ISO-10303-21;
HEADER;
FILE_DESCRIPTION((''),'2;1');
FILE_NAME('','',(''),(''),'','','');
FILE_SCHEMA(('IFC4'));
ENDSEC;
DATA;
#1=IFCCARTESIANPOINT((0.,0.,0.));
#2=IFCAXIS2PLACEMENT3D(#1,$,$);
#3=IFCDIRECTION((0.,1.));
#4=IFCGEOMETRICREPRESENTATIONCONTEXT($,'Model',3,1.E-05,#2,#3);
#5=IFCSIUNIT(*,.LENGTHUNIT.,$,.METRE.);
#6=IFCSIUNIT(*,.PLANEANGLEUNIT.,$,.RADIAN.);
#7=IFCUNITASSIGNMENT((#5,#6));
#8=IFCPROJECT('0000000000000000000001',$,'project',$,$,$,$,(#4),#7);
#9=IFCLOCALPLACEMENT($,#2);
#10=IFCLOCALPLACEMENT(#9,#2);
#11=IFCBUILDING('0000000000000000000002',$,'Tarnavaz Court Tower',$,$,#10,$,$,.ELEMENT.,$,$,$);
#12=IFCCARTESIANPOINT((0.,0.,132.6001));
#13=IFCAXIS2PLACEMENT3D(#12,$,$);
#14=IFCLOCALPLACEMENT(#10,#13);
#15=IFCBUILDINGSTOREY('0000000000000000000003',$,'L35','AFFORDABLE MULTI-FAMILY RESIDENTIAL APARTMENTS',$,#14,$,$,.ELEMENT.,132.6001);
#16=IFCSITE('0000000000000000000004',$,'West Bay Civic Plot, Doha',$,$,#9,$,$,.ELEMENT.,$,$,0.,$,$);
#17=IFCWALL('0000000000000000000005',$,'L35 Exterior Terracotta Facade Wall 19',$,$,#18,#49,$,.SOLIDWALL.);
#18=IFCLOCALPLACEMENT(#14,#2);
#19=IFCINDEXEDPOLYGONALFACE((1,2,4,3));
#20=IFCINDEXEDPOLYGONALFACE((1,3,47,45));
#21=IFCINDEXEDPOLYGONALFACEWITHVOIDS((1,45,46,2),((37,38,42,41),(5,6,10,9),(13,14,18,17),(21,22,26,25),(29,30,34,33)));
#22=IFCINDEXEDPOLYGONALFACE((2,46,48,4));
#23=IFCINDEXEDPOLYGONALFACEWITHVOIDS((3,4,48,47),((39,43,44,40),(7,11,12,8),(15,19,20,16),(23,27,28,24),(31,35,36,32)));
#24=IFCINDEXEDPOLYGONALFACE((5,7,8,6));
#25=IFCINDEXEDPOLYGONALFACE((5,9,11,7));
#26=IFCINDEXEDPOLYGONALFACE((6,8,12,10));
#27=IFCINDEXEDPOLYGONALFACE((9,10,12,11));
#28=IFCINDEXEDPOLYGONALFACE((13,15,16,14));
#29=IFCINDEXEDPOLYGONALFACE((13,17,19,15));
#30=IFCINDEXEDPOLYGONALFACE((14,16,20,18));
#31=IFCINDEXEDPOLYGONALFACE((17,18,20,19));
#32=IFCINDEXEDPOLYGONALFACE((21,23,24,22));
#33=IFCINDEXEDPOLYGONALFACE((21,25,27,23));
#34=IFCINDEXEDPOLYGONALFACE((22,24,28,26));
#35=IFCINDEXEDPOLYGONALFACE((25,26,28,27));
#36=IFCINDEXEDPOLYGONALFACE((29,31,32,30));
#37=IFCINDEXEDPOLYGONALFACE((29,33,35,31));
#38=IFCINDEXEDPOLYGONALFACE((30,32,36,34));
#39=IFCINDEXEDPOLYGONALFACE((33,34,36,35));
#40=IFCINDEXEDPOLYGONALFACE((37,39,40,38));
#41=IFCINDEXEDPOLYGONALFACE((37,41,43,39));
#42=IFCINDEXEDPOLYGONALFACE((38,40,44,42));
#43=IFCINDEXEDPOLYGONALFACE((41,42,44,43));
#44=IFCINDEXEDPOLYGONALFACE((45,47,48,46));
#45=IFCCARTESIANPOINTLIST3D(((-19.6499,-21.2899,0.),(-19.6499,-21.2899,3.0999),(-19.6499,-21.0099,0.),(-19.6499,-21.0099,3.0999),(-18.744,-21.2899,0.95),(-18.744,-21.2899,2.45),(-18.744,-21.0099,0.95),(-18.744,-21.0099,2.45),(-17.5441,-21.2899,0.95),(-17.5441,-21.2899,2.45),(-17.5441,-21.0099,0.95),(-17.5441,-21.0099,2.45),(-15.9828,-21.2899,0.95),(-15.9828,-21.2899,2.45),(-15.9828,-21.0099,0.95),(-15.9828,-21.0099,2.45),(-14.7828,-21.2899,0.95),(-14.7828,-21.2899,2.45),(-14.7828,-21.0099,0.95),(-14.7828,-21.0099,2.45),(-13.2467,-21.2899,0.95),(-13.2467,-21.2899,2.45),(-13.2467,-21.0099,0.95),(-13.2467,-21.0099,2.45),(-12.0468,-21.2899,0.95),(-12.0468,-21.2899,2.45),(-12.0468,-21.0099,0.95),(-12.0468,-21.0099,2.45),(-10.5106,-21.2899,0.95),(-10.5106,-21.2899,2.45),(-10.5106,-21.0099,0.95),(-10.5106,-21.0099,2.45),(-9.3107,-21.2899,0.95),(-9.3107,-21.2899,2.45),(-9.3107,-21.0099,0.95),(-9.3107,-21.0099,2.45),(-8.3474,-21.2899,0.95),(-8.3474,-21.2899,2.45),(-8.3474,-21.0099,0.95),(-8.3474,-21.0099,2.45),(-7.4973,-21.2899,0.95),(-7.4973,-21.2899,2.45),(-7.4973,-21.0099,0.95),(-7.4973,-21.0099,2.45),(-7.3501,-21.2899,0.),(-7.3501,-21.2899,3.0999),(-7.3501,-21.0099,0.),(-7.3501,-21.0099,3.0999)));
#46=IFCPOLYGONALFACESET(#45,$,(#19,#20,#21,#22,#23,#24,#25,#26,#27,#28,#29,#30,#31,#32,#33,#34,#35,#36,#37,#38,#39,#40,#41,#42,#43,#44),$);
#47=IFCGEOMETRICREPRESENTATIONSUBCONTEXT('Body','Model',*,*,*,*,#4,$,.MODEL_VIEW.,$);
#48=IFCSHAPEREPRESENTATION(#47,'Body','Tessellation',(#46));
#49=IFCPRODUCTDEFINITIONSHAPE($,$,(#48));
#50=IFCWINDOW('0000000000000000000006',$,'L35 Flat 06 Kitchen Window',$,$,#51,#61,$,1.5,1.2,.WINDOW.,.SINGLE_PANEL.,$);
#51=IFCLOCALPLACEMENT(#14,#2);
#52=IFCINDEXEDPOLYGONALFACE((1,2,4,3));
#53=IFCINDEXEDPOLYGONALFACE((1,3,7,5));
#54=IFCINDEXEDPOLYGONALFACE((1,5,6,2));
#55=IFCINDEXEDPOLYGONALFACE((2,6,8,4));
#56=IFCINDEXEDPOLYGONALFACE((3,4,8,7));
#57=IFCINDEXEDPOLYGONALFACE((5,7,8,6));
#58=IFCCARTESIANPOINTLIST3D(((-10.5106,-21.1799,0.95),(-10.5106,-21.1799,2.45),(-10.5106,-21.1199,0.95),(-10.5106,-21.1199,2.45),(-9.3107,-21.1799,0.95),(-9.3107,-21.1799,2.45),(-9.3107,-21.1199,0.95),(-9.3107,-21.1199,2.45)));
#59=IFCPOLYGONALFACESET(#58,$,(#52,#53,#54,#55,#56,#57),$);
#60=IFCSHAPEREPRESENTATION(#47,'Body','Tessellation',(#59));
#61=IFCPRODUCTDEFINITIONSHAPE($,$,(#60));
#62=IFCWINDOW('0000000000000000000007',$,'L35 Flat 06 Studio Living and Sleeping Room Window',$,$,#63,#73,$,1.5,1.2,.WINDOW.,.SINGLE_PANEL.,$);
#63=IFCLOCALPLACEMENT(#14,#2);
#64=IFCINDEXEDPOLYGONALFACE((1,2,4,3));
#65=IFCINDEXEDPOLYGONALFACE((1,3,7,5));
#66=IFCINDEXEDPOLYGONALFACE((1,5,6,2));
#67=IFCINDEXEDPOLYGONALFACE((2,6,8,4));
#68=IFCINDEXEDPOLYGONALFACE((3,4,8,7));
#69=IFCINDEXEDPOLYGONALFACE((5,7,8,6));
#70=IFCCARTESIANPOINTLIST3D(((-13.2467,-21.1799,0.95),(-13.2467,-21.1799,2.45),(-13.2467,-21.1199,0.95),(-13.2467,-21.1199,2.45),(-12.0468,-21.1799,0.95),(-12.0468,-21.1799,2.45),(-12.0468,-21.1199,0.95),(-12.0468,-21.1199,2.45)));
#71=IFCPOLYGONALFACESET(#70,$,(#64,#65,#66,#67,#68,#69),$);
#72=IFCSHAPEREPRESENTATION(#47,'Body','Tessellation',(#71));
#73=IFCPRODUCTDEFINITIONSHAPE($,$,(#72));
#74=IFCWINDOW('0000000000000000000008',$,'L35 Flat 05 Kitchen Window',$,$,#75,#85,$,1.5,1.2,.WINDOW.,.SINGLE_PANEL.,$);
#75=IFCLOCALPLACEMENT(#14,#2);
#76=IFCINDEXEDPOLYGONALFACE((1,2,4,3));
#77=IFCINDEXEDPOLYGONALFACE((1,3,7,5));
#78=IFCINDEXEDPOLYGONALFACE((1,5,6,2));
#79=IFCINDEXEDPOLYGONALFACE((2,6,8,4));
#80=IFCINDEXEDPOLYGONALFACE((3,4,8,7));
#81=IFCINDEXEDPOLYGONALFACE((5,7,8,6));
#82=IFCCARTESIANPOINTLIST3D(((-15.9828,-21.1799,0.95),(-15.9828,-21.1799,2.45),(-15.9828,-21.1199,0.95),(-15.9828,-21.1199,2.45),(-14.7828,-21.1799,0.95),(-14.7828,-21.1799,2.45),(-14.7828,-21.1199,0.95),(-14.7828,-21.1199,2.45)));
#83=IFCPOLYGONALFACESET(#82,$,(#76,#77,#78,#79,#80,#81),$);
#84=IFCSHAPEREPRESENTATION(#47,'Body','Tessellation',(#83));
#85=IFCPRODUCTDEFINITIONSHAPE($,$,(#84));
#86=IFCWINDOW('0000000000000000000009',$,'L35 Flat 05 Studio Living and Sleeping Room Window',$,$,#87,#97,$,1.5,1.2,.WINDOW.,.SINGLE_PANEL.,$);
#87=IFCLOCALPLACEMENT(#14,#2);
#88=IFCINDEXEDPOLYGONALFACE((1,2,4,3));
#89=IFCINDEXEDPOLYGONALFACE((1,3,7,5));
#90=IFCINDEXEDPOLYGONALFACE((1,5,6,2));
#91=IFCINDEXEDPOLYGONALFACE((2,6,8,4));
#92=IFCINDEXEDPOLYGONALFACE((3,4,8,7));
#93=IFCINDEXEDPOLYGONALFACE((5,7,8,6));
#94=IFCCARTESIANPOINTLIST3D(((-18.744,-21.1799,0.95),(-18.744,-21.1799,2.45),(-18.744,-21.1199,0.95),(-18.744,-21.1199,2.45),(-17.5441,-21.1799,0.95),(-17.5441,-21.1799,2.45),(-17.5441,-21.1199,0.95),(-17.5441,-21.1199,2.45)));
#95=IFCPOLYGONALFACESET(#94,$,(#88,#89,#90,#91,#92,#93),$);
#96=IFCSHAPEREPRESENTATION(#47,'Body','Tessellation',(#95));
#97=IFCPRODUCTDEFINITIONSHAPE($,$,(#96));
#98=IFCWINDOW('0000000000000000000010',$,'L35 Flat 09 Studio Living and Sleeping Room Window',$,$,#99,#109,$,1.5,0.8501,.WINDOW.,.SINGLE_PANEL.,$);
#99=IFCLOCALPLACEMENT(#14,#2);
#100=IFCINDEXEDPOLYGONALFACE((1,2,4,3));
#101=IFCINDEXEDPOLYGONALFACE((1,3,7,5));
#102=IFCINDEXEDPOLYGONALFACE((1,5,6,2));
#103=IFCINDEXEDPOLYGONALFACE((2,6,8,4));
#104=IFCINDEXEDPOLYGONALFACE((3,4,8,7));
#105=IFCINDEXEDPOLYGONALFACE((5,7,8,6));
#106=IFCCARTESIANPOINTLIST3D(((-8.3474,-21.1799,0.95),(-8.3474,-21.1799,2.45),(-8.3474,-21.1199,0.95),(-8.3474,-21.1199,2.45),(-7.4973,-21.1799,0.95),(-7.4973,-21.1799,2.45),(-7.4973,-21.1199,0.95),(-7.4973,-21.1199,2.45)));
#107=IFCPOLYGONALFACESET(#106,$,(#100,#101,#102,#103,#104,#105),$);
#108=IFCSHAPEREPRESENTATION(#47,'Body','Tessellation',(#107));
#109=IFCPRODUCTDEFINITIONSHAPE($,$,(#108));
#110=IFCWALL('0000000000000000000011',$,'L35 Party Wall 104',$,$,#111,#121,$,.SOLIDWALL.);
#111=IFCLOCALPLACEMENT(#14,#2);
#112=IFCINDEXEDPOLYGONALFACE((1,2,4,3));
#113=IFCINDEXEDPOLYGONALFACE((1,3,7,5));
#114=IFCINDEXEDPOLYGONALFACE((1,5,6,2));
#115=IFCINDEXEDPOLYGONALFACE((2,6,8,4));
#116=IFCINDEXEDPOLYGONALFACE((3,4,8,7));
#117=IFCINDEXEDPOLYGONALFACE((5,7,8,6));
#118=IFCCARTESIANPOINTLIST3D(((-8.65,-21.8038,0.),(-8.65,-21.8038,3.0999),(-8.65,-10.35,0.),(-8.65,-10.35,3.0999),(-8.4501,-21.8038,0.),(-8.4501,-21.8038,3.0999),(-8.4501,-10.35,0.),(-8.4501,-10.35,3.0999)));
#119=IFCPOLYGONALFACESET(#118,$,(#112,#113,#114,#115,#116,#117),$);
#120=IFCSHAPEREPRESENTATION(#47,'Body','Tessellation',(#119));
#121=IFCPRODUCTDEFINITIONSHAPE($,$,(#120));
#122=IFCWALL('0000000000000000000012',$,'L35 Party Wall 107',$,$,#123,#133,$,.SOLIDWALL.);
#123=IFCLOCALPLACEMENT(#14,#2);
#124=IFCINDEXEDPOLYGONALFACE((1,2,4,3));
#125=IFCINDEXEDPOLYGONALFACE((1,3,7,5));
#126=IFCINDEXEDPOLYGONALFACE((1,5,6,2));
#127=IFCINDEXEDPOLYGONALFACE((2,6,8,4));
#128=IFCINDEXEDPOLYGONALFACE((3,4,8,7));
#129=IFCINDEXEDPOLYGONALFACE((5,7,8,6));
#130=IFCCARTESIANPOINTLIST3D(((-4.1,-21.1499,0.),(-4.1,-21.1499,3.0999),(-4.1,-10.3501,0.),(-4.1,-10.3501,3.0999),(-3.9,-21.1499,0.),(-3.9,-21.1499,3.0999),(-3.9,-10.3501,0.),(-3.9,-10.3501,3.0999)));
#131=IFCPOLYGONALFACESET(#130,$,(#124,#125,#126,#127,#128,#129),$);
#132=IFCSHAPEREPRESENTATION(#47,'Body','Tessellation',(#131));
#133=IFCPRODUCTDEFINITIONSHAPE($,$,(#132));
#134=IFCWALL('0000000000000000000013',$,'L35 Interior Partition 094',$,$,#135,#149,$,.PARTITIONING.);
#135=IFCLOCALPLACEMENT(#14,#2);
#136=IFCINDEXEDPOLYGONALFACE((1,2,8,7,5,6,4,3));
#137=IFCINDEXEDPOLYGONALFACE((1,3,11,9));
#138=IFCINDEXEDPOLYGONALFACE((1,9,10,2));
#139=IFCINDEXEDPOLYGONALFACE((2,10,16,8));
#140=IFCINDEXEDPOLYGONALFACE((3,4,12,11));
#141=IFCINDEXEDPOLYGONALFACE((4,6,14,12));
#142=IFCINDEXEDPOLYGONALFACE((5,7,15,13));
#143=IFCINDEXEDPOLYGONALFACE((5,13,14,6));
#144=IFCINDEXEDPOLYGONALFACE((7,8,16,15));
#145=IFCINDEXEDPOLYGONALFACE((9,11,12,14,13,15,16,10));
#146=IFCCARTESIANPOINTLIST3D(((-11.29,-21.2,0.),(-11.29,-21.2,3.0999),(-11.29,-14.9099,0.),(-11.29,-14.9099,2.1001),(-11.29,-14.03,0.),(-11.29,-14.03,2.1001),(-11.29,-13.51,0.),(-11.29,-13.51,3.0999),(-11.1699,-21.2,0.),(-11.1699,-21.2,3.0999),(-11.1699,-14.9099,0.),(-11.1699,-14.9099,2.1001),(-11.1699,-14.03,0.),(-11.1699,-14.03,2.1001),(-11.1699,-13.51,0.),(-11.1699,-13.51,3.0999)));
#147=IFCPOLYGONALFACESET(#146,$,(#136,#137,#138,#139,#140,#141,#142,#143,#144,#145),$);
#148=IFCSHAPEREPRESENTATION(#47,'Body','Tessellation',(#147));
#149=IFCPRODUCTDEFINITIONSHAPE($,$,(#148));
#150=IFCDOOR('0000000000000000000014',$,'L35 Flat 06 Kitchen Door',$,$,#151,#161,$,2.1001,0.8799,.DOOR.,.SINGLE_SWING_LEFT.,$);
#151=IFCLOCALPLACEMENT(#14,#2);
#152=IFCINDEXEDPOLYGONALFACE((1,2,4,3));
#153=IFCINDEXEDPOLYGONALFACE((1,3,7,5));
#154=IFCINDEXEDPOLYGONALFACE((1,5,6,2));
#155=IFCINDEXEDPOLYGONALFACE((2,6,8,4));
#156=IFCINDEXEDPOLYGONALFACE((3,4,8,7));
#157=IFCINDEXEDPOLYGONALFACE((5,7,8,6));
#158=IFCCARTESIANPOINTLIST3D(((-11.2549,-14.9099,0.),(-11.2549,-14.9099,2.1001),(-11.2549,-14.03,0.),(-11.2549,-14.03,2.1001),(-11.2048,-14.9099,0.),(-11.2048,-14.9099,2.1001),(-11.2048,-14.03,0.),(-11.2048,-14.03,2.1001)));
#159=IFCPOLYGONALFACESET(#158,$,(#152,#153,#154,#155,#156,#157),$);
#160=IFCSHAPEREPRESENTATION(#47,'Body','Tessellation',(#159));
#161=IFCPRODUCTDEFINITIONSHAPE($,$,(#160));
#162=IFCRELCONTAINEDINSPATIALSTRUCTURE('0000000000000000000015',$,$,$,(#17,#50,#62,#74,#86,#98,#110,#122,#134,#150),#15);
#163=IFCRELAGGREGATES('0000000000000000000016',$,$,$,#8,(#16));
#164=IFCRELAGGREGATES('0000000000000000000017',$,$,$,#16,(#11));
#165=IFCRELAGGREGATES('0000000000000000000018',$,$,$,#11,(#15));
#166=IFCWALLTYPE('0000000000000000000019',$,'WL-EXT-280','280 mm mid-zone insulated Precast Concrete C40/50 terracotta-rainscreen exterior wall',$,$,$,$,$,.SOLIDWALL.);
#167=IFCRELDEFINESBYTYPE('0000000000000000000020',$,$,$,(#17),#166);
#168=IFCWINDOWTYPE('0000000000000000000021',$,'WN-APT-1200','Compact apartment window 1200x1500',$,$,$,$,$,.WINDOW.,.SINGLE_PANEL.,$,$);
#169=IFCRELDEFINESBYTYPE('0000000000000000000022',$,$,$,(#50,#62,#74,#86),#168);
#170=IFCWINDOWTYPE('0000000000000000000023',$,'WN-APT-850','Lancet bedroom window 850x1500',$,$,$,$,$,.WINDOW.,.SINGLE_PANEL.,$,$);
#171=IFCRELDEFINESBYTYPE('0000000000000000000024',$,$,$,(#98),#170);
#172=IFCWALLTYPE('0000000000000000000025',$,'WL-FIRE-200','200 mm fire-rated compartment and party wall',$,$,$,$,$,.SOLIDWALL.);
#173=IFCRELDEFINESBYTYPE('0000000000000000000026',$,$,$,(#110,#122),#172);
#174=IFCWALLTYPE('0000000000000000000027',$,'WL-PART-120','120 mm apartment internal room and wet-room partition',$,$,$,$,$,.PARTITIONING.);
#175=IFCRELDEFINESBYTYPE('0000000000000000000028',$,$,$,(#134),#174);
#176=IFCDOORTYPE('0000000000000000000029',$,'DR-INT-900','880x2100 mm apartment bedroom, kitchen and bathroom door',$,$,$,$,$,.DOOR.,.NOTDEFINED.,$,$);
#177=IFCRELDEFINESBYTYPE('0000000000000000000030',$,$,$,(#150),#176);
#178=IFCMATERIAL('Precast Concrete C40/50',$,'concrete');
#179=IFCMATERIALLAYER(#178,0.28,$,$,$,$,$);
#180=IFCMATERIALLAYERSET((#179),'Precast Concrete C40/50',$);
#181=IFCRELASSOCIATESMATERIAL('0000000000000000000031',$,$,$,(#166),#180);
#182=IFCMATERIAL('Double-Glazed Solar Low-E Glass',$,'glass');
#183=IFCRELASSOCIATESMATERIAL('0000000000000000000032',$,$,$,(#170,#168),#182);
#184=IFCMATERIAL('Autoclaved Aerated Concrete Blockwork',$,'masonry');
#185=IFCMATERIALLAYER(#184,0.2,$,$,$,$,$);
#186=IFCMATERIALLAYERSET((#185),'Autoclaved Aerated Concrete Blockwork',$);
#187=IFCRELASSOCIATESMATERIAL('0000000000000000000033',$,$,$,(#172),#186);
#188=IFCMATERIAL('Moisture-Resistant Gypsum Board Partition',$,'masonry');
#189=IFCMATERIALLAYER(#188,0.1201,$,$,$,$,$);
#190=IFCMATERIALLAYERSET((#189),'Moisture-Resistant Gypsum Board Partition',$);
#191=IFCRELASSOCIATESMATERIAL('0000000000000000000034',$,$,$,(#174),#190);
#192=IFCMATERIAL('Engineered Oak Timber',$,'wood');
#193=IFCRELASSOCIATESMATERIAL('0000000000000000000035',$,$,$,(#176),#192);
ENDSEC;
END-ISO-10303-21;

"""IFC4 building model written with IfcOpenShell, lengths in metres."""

from ifc_helpers import new_model, si_unit, direction, frame, frame_2d, origin, place, context, subcontext, project, spatial, rectangle, extrude, material, layer, layer_set, type_object, element, fill, save


model = new_model("IFC4")

# Units and contexts
model_context = context("Model", 3, precision=1e-05, world=origin(), true_north=direction((0.0, 1.0)))
body_context = subcontext(model_context, "Body", "Model", "MODEL_VIEW")
ifc_project = project(units=[si_unit("LENGTHUNIT", "METRE"), si_unit("PLANEANGLEUNIT", "RADIAN")], contexts=[model_context])

# Site, building, storey
site_placement = place(None, origin())
site = spatial("IfcSite", under=ifc_project, at=site_placement, Name="West Bay Civic Plot, Doha", CompositionType="ELEMENT", RefElevation=0.0)
building_placement = place(site_placement, origin())
building = spatial("IfcBuilding", under=site, at=building_placement, Name="Tarnavaz Court Tower", CompositionType="ELEMENT")
storey_placement = place(building_placement, frame((0.0, 0.0, 132.6001)))
storey = spatial("IfcBuildingStorey", under=building, at=storey_placement, Name="L35", Description="AFFORDABLE MULTI-FAMILY RESIDENTIAL APARTMENTS", CompositionType="ELEMENT", Elevation=132.6001)

# Shared definitions
ifc_material_1 = material(Name="Double-Glazed Solar Low-E Glass", Category="glass")

# Shared definitions
ifc_material_2 = material(Name="Precast Concrete C40/50", Category="concrete")
ifc_layer_1 = layer(ifc_material_2, 0.28)
ifc_layer_set_1 = layer_set([ifc_layer_1], Name="Precast Concrete C40/50")
wall_type_1 = type_object("IfcWallType", Name="WL-EXT-280", Description="280 mm mid-zone insulated Precast Concrete C40/50 terracotta-rainscreen exterior wall", PredefinedType="SOLIDWALL", material=ifc_layer_set_1)
window_type_1 = type_object("IfcWindowType", Name="WN-APT-850", Description="Lancet bedroom window 850x1500", PartitioningType="SINGLE_PANEL", PredefinedType="WINDOW", material=ifc_material_1)

# Wall, openings, windows
wall_1_placement = place(storey_placement, frame((-7.3501, -21.1499, 0.0), z_axis=(0.0, 0.0, 1.0), x_axis=(-1.0, 0.0, 0.0)))
wall_1 = element("IfcWall", 1, at=wall_1_placement, inside=storey, type_object=wall_type_1, Name="L35 Exterior Terracotta Facade Wall 19", PredefinedType="SOLIDWALL", context=body_context, shape_type="SweptSolid", body=[
    extrude(rectangle(XDim=12.2998, YDim=0.28, at=frame_2d((6.1499, 0.0))), origin(), (0.0, 0.0, 1.0), 3.0999),
])
opening_1_placement = place(wall_1_placement, frame((0.1472, 0.0, 0.95)))
opening_1 = element("IfcOpeningElement", 2, at=opening_1_placement, cuts=wall_1, PredefinedType="OPENING", context=body_context, shape_type="SweptSolid", body=[
    extrude(rectangle(XDim=0.8501, YDim=1.5, at=frame_2d((0.425, 0.75))), frame((0.0, 0.1499, 0.0), z_axis=(0.0, -1.0, 0.0), x_axis=(1.0, 0.0, 0.0)), (0.0, 0.0, 1.0), 0.3),
])
opening_2_placement = place(wall_1_placement, frame((1.9604, 0.0, 0.95)))
opening_2 = element("IfcOpeningElement", 3, at=opening_2_placement, cuts=wall_1, PredefinedType="OPENING", context=body_context, shape_type="SweptSolid", body=[
    extrude(rectangle(XDim=1.2, YDim=1.5, at=frame_2d((0.6001, 0.75))), frame((0.0, 0.1499, 0.0), z_axis=(0.0, -1.0, 0.0), x_axis=(1.0, 0.0, 0.0)), (0.0, 0.0, 1.0), 0.3),
])
opening_3_placement = place(wall_1_placement, frame((4.6965, 0.0, 0.95)))
opening_3 = element("IfcOpeningElement", 4, at=opening_3_placement, cuts=wall_1, PredefinedType="OPENING", context=body_context, shape_type="SweptSolid", body=[
    extrude(rectangle(XDim=1.2, YDim=1.5, at=frame_2d((0.6001, 0.75))), frame((0.0, 0.1499, 0.0), z_axis=(0.0, -1.0, 0.0), x_axis=(1.0, 0.0, 0.0)), (0.0, 0.0, 1.0), 0.3),
])
opening_4_placement = place(wall_1_placement, frame((7.4326, 0.0, 0.95)))
opening_4 = element("IfcOpeningElement", 5, at=opening_4_placement, cuts=wall_1, PredefinedType="OPENING", context=body_context, shape_type="SweptSolid", body=[
    extrude(rectangle(XDim=1.2, YDim=1.5, at=frame_2d((0.6001, 0.75))), frame((0.0, 0.1499, 0.0), z_axis=(0.0, -1.0, 0.0), x_axis=(1.0, 0.0, 0.0)), (0.0, 0.0, 1.0), 0.3),
])
opening_5_placement = place(wall_1_placement, frame((10.1938, 0.0, 0.95)))
opening_5 = element("IfcOpeningElement", 6, at=opening_5_placement, cuts=wall_1, PredefinedType="OPENING", context=body_context, shape_type="SweptSolid", body=[
    extrude(rectangle(XDim=1.2, YDim=1.5, at=frame_2d((0.6001, 0.75))), frame((0.0, 0.1499, 0.0), z_axis=(0.0, -1.0, 0.0), x_axis=(1.0, 0.0, 0.0)), (0.0, 0.0, 1.0), 0.3),
])
window_type_2 = type_object("IfcWindowType", Name="WN-APT-1200", Description="Compact apartment window 1200x1500", PartitioningType="SINGLE_PANEL", PredefinedType="WINDOW", material=ifc_material_1)
window_1_placement = place(opening_2_placement, origin())
window_1 = element("IfcWindow", 7, at=window_1_placement, inside=storey, type_object=window_type_2, Name="L35 Flat 06 Kitchen Window", OverallHeight=1.5, OverallWidth=1.2, PartitioningType="SINGLE_PANEL", PredefinedType="WINDOW", context=body_context, shape_type="SweptSolid", body=[
    extrude(rectangle(XDim=1.2, YDim=1.5, at=frame_2d((0.6001, 0.75))), frame((0.0, 0.03, 0.0), z_axis=(0.0, -1.0, 0.0), x_axis=(1.0, 0.0, 0.0)), (0.0, 0.0, 1.0), 0.0601),
])
fill(opening_2, window_1)
window_2_placement = place(opening_3_placement, origin())
window_2 = element("IfcWindow", 8, at=window_2_placement, inside=storey, type_object=window_type_2, Name="L35 Flat 06 Studio Living and Sleeping Room Window", OverallHeight=1.5, OverallWidth=1.2, PartitioningType="SINGLE_PANEL", PredefinedType="WINDOW", context=body_context, shape_type="SweptSolid", body=[
    extrude(rectangle(XDim=1.2, YDim=1.5, at=frame_2d((0.6001, 0.75))), frame((0.0, 0.03, 0.0), z_axis=(0.0, -1.0, 0.0), x_axis=(1.0, 0.0, 0.0)), (0.0, 0.0, 1.0), 0.0601),
])
fill(opening_3, window_2)
window_3_placement = place(opening_4_placement, origin())
window_3 = element("IfcWindow", 9, at=window_3_placement, inside=storey, type_object=window_type_2, Name="L35 Flat 05 Kitchen Window", OverallHeight=1.5, OverallWidth=1.2, PartitioningType="SINGLE_PANEL", PredefinedType="WINDOW", context=body_context, shape_type="SweptSolid", body=[
    extrude(rectangle(XDim=1.2, YDim=1.5, at=frame_2d((0.6001, 0.75))), frame((0.0, 0.03, 0.0), z_axis=(0.0, -1.0, 0.0), x_axis=(1.0, 0.0, 0.0)), (0.0, 0.0, 1.0), 0.0601),
])
fill(opening_4, window_3)
window_4_placement = place(opening_5_placement, origin())
window_4 = element("IfcWindow", 10, at=window_4_placement, inside=storey, type_object=window_type_2, Name="L35 Flat 05 Studio Living and Sleeping Room Window", OverallHeight=1.5, OverallWidth=1.2, PartitioningType="SINGLE_PANEL", PredefinedType="WINDOW", context=body_context, shape_type="SweptSolid", body=[
    extrude(rectangle(XDim=1.2, YDim=1.5, at=frame_2d((0.6001, 0.75))), frame((0.0, 0.03, 0.0), z_axis=(0.0, -1.0, 0.0), x_axis=(1.0, 0.0, 0.0)), (0.0, 0.0, 1.0), 0.0601),
])
fill(opening_5, window_4)
window_5_placement = place(opening_1_placement, origin())
window_5 = element("IfcWindow", 11, at=window_5_placement, inside=storey, type_object=window_type_1, Name="L35 Flat 09 Studio Living and Sleeping Room Window", OverallHeight=1.5, OverallWidth=0.8501, PartitioningType="SINGLE_PANEL", PredefinedType="WINDOW", context=body_context, shape_type="SweptSolid", body=[
    extrude(rectangle(XDim=0.8501, YDim=1.5, at=frame_2d((0.425, 0.75))), frame((0.0, 0.03, 0.0), z_axis=(0.0, -1.0, 0.0), x_axis=(1.0, 0.0, 0.0)), (0.0, 0.0, 1.0), 0.0601),
])
fill(opening_1, window_5)

# Walls
ifc_material_3 = material(Name="Autoclaved Aerated Concrete Blockwork", Category="masonry")
ifc_layer_2 = layer(ifc_material_3, 0.2)
ifc_layer_set_2 = layer_set([ifc_layer_2], Name="Autoclaved Aerated Concrete Blockwork")
wall_type_2 = type_object("IfcWallType", Name="WL-FIRE-200", Description="200 mm fire-rated compartment and party wall", PredefinedType="SOLIDWALL", material=ifc_layer_set_2)
wall_2_placement = place(storey_placement, frame((-8.55, -21.804, 0.0), z_axis=(0.0, 0.0, 1.0), x_axis=(0.0, 1.0, 0.0)))
element("IfcWall", 12, at=wall_2_placement, inside=storey, type_object=wall_type_2, Name="L35 Party Wall 104", PredefinedType="SOLIDWALL", context=body_context, shape_type="SweptSolid", body=[
    extrude(rectangle(XDim=11.4539, YDim=0.2, at=frame_2d((5.7271, 0.0))), origin(), (0.0, 0.0, 1.0), 3.0999),
])
wall_3_placement = place(storey_placement, frame((-4.0, -21.1499, 0.0), z_axis=(0.0, 0.0, 1.0), x_axis=(0.0, 1.0, 0.0)))
element("IfcWall", 13, at=wall_3_placement, inside=storey, type_object=wall_type_2, Name="L35 Party Wall 107", PredefinedType="SOLIDWALL", context=body_context, shape_type="SweptSolid", body=[
    extrude(rectangle(XDim=10.7998, YDim=0.2, at=frame_2d((5.3999, 0.0))), origin(), (0.0, 0.0, 1.0), 3.0999),
])

# Wall, opening, door
ifc_material_4 = material(Name="Moisture-Resistant Gypsum Board Partition", Category="masonry")
ifc_layer_3 = layer(ifc_material_4, 0.1201)
ifc_layer_set_3 = layer_set([ifc_layer_3], Name="Moisture-Resistant Gypsum Board Partition")
wall_type_3 = type_object("IfcWallType", Name="WL-PART-120", Description="120 mm apartment internal room and wet-room partition", PredefinedType="PARTITIONING", material=ifc_layer_set_3)
wall_4_placement = place(storey_placement, frame((-11.23, -21.2, 0.0), z_axis=(0.0, 0.0, 1.0), x_axis=(0.0, 1.0, 0.0)))
wall_4 = element("IfcWall", 14, at=wall_4_placement, inside=storey, type_object=wall_type_3, Name="L35 Interior Partition 094", PredefinedType="PARTITIONING", context=body_context, shape_type="SweptSolid", body=[
    extrude(rectangle(XDim=7.6899, YDim=0.1201, at=frame_2d((3.845, 0.0))), origin(), (0.0, 0.0, 1.0), 3.0999),
])
opening_6_placement = place(wall_4_placement, frame((6.29, 0.0, 0.0)))
opening_6 = element("IfcOpeningElement", 15, at=opening_6_placement, cuts=wall_4, PredefinedType="OPENING", context=body_context, shape_type="SweptSolid", body=[
    extrude(rectangle(XDim=0.8799, YDim=2.1001, at=frame_2d((0.4399, 1.05))), frame((0.0, 0.0701, 0.0), z_axis=(0.0, -1.0, 0.0), x_axis=(1.0, 0.0, 0.0)), (0.0, 0.0, 1.0), 0.1401),
])
ifc_material_5 = material(Name="Engineered Oak Timber", Category="wood")
door_type = type_object("IfcDoorType", Name="DR-INT-900", Description="880x2100 mm apartment bedroom, kitchen and bathroom door", OperationType="NOTDEFINED", PredefinedType="DOOR", material=ifc_material_5)
door_1_placement = place(opening_6_placement, origin())
door_1 = element("IfcDoor", 16, at=door_1_placement, inside=storey, type_object=door_type, Name="L35 Flat 06 Kitchen Door", OperationType="SINGLE_SWING_LEFT", OverallHeight=2.1001, OverallWidth=0.8799, PredefinedType="DOOR", context=body_context, shape_type="SweptSolid", body=[
    extrude(rectangle(XDim=0.8799, YDim=2.1001, at=frame_2d((0.4399, 1.05))), frame((0.0, 0.0249, 0.0), z_axis=(0.0, -1.0, 0.0), x_axis=(1.0, 0.0, 0.0)), (0.0, 0.0, 1.0), 0.05),
])
fill(opening_6, door_1)

save(model, "model.ifc")
